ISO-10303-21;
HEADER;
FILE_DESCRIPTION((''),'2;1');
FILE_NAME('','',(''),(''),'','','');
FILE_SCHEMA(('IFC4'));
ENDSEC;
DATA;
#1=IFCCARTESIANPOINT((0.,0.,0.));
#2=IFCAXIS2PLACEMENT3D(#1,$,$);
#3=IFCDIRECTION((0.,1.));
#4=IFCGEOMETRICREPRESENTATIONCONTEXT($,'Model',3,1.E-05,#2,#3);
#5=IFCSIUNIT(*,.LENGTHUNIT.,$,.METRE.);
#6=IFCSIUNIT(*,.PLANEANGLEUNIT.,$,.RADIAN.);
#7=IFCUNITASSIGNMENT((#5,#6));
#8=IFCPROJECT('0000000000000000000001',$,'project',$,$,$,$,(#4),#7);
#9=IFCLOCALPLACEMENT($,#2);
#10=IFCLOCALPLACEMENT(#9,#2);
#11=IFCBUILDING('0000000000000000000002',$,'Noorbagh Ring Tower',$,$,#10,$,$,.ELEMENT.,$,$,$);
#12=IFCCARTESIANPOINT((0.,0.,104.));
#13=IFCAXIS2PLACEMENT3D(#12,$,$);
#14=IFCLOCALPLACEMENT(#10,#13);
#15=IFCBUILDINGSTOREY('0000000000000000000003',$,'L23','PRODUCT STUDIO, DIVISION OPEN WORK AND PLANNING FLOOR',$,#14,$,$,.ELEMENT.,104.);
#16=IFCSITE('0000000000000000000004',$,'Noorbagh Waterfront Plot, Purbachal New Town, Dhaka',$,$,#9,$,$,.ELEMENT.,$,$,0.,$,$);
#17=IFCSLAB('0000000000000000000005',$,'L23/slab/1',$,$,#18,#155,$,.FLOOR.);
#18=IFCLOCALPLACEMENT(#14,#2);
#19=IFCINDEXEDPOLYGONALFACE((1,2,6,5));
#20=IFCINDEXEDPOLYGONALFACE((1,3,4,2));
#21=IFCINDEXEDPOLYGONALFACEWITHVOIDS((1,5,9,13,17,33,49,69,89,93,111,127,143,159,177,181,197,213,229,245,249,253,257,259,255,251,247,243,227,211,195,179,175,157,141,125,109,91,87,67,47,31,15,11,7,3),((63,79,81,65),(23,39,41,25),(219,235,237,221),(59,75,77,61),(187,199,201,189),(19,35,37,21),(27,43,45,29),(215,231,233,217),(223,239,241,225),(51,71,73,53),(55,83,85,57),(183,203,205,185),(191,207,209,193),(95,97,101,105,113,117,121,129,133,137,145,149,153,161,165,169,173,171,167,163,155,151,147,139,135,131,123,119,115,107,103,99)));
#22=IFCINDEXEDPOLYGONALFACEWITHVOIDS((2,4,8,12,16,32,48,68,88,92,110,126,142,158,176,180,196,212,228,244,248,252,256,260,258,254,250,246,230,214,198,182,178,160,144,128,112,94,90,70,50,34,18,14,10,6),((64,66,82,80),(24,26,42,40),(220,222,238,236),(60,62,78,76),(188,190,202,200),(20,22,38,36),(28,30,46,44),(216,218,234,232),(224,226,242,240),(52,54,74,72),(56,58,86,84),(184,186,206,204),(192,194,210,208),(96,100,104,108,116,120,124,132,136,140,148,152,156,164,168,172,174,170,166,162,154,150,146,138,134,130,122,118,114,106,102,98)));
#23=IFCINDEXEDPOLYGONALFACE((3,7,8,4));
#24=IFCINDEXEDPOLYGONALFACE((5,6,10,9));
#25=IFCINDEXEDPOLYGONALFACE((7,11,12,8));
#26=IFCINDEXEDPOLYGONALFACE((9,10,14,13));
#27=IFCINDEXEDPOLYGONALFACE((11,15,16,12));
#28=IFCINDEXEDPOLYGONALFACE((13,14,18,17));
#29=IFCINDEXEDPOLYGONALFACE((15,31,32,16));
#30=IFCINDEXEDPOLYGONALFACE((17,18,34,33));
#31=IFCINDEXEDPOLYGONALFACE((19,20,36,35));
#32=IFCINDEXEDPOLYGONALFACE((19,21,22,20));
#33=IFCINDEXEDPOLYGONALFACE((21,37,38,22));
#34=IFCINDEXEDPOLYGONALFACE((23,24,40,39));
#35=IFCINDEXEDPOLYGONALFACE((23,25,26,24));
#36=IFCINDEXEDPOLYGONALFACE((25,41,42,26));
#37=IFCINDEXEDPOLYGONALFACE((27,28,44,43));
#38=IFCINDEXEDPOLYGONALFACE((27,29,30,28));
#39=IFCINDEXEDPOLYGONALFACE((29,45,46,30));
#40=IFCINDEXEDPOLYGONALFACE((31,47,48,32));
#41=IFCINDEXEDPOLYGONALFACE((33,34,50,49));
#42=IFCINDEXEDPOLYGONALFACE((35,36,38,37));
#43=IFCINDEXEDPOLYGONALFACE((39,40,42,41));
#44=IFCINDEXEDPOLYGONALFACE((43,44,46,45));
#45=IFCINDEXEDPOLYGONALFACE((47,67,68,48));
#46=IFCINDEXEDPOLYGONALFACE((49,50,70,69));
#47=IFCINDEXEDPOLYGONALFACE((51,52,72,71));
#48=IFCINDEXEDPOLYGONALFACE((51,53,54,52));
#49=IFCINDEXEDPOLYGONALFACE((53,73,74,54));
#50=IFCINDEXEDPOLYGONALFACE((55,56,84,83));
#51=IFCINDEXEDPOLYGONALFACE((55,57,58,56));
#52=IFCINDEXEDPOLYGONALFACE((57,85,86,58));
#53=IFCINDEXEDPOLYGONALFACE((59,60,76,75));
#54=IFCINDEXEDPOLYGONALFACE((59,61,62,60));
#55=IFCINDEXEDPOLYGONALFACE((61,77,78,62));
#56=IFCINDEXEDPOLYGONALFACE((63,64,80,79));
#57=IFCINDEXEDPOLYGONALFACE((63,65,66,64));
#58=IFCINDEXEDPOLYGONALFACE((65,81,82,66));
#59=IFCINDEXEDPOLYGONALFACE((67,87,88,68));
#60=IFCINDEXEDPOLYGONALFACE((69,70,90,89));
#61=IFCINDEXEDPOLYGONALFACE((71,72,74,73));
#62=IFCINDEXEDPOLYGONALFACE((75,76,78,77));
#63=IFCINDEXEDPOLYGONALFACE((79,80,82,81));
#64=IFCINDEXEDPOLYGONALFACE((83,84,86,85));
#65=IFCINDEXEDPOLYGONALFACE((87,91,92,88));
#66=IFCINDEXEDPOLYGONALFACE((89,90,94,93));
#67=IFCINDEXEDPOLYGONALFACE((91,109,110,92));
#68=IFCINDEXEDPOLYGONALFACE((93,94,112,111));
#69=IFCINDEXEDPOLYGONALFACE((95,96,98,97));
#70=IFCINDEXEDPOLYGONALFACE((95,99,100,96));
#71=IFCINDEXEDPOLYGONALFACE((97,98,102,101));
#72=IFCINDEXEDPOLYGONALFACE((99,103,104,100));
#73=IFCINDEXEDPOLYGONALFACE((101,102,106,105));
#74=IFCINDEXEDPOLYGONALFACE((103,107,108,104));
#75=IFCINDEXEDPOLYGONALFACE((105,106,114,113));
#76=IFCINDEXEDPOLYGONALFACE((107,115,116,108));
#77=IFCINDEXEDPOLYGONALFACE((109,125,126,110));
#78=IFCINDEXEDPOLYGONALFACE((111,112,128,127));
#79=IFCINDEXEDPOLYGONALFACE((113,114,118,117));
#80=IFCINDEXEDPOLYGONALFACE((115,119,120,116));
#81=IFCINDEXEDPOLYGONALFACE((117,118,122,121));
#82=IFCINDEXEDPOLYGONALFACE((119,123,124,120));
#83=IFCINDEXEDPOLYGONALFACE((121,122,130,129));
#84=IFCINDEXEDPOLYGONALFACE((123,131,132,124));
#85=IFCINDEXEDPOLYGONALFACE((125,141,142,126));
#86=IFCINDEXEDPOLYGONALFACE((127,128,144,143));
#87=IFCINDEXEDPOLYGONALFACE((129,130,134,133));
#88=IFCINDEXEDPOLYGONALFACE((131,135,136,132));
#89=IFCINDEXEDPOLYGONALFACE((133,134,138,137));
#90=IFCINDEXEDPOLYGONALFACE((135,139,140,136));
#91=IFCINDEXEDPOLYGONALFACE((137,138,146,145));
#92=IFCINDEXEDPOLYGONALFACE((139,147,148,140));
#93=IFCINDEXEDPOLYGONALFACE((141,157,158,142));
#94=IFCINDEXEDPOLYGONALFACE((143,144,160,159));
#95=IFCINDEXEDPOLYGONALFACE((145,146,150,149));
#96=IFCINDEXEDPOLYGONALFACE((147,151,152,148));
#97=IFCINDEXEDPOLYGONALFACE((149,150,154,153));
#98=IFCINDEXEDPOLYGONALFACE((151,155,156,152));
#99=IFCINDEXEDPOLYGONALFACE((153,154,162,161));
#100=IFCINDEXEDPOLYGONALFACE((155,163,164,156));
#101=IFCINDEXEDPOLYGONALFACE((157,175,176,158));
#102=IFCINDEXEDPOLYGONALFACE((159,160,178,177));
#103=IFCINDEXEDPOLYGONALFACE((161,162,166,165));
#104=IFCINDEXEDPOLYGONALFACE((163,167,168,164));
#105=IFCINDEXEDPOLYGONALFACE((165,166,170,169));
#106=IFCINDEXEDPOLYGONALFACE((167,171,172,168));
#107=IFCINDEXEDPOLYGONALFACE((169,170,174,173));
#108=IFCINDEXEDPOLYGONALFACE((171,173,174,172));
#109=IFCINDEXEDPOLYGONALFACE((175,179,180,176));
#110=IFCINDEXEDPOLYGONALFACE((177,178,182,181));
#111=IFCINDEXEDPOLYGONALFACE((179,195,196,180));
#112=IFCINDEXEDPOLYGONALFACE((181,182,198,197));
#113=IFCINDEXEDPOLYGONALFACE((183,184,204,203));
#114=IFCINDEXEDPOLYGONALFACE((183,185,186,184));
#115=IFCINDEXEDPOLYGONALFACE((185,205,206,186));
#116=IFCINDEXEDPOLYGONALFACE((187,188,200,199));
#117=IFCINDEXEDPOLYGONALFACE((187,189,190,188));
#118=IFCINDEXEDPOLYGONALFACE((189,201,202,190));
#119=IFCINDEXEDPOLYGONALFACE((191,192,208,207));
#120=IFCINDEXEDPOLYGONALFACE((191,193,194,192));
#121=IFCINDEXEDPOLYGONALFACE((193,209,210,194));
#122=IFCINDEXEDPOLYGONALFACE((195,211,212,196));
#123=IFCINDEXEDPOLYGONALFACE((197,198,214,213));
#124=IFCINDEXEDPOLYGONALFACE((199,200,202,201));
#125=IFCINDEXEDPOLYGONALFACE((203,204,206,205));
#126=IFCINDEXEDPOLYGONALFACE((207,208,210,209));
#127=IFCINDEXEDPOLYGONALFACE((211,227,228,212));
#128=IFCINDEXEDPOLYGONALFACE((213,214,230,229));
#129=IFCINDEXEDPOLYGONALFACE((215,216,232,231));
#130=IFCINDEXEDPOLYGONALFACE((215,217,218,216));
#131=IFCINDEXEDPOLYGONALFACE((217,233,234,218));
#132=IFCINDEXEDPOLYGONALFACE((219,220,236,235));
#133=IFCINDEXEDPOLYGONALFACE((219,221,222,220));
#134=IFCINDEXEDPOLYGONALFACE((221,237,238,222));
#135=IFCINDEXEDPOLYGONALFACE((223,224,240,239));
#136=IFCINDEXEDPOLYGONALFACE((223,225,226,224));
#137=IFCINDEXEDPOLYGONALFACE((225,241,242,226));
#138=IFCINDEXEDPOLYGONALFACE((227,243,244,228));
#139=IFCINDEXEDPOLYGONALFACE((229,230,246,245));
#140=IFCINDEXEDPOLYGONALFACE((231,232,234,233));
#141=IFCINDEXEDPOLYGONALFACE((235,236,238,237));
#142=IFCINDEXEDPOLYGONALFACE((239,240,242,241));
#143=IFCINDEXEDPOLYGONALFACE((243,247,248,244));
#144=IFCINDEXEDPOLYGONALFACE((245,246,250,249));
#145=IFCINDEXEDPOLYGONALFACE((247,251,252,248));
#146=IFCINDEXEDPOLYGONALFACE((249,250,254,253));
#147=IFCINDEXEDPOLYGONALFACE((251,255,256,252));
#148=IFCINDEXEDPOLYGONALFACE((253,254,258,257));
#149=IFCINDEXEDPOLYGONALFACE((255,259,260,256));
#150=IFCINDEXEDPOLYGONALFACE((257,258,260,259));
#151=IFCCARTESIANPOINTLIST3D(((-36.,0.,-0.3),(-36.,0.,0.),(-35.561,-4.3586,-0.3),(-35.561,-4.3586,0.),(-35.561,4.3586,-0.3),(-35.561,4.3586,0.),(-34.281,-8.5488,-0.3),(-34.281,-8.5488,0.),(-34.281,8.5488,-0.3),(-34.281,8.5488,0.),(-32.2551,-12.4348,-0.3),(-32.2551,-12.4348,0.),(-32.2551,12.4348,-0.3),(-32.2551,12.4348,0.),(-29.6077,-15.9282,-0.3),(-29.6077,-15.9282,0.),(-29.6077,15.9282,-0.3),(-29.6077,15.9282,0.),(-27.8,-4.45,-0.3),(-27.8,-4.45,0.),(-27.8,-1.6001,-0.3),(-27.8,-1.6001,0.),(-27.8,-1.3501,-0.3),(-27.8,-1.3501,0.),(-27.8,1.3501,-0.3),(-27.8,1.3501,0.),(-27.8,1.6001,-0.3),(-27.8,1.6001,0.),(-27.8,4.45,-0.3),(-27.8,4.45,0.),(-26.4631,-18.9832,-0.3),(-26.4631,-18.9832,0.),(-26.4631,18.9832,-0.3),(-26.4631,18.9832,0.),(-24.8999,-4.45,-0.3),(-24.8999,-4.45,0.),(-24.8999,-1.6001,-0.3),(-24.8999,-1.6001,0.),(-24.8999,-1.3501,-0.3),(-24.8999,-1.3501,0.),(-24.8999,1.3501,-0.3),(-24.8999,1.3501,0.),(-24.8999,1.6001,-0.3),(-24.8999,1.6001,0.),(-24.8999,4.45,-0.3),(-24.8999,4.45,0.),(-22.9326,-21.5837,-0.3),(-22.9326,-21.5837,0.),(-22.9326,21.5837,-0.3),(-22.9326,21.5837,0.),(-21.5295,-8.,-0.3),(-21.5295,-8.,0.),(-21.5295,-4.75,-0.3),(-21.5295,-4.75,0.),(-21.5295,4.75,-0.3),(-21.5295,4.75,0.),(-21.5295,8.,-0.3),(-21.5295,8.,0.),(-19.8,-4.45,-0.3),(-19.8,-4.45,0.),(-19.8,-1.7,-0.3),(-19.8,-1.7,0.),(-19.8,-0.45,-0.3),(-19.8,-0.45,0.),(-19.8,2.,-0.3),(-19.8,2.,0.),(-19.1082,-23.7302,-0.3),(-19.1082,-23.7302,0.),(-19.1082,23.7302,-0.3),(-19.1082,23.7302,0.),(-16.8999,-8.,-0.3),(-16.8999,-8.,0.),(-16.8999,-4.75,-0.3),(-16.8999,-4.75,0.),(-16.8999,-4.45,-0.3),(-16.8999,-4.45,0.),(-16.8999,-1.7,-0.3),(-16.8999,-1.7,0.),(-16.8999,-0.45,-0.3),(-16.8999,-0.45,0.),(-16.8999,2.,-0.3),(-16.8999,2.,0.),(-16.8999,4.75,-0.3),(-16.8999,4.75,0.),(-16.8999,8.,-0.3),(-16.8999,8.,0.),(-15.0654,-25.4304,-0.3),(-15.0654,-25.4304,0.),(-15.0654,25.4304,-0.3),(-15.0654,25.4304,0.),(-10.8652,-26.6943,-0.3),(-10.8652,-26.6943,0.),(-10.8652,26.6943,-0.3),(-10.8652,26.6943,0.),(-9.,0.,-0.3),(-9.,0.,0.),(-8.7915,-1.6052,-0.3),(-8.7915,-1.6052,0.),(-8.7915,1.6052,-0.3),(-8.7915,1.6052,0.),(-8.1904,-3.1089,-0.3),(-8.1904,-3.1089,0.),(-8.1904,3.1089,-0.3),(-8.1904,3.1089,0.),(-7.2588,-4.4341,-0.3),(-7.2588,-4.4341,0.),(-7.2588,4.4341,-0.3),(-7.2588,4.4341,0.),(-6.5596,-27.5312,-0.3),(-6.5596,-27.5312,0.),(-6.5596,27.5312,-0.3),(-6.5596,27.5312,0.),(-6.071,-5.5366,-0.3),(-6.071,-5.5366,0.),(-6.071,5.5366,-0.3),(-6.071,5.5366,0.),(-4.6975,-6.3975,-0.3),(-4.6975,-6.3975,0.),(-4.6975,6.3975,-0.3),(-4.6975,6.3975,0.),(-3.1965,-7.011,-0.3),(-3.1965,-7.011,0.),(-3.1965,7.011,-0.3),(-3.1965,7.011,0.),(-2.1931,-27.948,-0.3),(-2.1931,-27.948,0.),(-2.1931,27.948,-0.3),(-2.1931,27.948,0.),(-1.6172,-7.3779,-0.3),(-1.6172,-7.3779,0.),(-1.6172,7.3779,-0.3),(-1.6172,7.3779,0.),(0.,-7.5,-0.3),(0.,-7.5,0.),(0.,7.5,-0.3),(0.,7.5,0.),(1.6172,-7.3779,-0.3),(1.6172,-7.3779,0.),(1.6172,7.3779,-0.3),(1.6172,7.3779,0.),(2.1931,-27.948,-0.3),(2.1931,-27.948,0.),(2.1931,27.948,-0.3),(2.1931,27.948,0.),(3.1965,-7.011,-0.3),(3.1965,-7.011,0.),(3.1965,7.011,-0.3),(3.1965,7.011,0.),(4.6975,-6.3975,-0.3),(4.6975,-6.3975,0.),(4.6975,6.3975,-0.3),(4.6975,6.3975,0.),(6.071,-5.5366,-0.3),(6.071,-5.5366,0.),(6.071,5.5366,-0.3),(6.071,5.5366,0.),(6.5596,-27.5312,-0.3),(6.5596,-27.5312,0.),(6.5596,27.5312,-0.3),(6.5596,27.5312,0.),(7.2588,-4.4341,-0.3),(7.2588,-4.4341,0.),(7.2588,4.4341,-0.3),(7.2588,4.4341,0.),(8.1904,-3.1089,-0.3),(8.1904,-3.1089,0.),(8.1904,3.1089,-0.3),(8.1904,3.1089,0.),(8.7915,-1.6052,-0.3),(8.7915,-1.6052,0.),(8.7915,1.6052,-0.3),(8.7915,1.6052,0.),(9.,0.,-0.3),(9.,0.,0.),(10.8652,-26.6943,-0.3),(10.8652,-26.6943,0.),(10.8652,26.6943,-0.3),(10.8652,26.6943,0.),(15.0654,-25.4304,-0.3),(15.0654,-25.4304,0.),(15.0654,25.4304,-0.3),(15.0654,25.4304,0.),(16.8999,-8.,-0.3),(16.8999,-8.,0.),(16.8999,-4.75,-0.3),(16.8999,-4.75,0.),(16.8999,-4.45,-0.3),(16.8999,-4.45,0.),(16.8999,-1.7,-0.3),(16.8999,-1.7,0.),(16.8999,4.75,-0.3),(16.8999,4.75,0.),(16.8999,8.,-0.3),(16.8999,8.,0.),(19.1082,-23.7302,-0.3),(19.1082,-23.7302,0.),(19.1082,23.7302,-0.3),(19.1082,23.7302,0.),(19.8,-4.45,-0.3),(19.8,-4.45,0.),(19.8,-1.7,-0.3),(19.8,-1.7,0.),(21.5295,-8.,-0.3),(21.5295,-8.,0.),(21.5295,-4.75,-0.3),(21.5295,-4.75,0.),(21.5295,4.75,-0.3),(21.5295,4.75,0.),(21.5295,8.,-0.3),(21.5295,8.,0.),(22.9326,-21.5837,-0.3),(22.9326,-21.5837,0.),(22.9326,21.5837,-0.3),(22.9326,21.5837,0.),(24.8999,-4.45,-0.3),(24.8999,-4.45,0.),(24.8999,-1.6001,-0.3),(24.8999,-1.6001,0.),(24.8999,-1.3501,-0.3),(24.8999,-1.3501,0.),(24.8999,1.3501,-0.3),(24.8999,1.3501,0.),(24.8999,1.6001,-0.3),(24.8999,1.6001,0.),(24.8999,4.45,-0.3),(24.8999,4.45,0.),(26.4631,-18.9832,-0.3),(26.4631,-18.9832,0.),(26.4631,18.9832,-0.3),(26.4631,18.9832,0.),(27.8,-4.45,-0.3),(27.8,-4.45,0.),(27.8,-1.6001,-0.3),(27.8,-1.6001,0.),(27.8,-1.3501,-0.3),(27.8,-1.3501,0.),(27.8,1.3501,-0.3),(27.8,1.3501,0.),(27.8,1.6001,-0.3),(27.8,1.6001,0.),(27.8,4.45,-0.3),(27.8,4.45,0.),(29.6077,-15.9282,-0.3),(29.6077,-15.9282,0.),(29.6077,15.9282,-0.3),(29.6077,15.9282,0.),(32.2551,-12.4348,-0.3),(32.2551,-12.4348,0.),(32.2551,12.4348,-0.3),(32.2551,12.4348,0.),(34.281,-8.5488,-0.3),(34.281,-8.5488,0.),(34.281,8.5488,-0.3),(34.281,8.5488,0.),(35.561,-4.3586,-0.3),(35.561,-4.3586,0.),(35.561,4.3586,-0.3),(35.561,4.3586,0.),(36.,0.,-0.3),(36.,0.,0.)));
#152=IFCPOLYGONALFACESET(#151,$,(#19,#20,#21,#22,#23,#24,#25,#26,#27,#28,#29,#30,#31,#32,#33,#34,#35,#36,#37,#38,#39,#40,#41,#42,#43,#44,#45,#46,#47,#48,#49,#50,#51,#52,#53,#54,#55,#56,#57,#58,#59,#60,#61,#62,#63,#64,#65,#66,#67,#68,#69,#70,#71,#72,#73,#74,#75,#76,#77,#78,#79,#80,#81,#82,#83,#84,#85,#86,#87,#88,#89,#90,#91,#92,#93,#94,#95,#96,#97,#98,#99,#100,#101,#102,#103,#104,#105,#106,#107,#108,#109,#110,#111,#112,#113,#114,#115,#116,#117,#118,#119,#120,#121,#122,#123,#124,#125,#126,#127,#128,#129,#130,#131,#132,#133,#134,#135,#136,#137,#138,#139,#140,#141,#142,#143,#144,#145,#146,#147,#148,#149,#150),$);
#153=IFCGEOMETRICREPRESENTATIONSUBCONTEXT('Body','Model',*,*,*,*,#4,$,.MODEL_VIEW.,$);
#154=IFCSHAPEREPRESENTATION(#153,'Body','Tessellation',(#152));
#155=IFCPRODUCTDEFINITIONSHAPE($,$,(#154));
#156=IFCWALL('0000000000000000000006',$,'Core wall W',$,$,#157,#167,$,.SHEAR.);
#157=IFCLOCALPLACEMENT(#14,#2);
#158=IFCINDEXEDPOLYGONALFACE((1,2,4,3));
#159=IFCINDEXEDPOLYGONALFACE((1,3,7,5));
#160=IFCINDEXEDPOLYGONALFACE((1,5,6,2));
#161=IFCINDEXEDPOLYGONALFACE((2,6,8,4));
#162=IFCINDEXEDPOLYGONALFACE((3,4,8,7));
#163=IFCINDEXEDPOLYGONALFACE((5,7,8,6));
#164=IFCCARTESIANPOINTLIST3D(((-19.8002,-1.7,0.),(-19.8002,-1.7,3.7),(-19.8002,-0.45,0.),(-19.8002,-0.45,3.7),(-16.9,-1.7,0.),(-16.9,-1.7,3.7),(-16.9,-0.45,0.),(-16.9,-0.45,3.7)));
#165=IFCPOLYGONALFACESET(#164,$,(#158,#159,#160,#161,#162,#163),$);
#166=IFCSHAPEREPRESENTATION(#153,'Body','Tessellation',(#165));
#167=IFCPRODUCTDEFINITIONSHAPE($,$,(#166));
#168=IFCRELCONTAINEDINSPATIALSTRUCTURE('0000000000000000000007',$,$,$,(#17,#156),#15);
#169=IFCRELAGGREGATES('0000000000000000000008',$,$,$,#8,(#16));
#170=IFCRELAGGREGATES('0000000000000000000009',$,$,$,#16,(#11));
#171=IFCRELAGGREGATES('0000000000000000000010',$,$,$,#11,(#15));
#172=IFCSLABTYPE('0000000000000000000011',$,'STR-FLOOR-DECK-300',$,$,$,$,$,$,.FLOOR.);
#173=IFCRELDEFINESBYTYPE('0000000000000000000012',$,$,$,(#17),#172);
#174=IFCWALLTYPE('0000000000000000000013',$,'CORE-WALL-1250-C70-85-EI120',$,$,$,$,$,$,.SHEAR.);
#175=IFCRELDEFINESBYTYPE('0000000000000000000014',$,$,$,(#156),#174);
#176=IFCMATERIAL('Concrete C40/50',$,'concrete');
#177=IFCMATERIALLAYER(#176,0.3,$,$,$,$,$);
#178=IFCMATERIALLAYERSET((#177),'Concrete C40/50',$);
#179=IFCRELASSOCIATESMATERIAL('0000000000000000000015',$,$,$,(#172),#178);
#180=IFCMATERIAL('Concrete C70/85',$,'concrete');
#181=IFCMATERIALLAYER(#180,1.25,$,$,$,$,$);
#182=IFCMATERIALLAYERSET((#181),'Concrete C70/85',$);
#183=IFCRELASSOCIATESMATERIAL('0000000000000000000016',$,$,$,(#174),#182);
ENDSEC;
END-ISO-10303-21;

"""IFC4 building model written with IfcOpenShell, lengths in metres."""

from ifc_helpers import new_model, si_unit, direction, frame, frame_2d, origin, place, context, subcontext, project, spatial, polyline, rectangle, outline, extrude, material, layer, layer_set, type_object, element, save


model = new_model("IFC4")

# Units and contexts
model_context = context("Model", 3, precision=1e-05, world=origin(), true_north=direction((0.0, 1.0)))
body_context = subcontext(model_context, "Body", "Model", "MODEL_VIEW")
ifc_project = project(units=[si_unit("LENGTHUNIT", "METRE"), si_unit("PLANEANGLEUNIT", "RADIAN")], contexts=[model_context])

# Site, building, storey
site_placement = place(None, origin())
site = spatial("IfcSite", under=ifc_project, at=site_placement, Name="Noorbagh Waterfront Plot, Purbachal New Town, Dhaka", CompositionType="ELEMENT", RefElevation=0.0)
building_placement = place(site_placement, origin())
building = spatial("IfcBuilding", under=site, at=building_placement, Name="Noorbagh Ring Tower", CompositionType="ELEMENT")
storey_placement = place(building_placement, frame((0.0, 0.0, 104.0)))
storey = spatial("IfcBuildingStorey", under=building, at=storey_placement, Name="L23", Description="PRODUCT STUDIO, DIVISION OPEN WORK AND PLANNING FLOOR", CompositionType="ELEMENT", Elevation=104.0)

# Slab
ifc_material_1 = material(Name="Concrete C40/50", Category="concrete")
ifc_layer_1 = layer(ifc_material_1, 0.3)
ifc_layer_set_1 = layer_set([ifc_layer_1], Name="Concrete C40/50")
slab_type_1 = type_object("IfcSlabType", Name="STR-FLOOR-DECK-300", PredefinedType="FLOOR", material=ifc_layer_set_1)
slab_1_placement = place(storey_placement, frame((0.0, 0.0, -0.3)))
element("IfcSlab", 1, at=slab_1_placement, inside=storey, type_object=slab_type_1, Name="L23/slab/1", PredefinedType="FLOOR", context=body_context, shape_type="SweptSolid", body=[
    extrude(outline(polyline([(36.0, 0.0), (35.561, 4.3586), (34.281, 8.5488), (32.2551, 12.4348), (29.6077, 15.9282), (26.4631, 18.9832), (22.9326, 21.5837), (19.1082, 23.7302), (15.0654, 25.4304), (10.8652, 26.6943), (6.5596, 27.5312), (2.1931, 27.948), (-2.1931, 27.948), (-6.5596, 27.5312), (-10.8652, 26.6943), (-15.0654, 25.4304), (-19.1082, 23.7302), (-22.9326, 21.5837), (-26.4631, 18.9832), (-29.6077, 15.9282), (-32.2551, 12.4348), (-34.281, 8.5488), (-35.561, 4.3586), (-36.0, 0.0), (-35.561, -4.3586), (-34.281, -8.5488), (-32.2551, -12.4348), (-29.6077, -15.9282), (-26.4631, -18.9832), (-22.9326, -21.5837), (-19.1082, -23.7302), (-15.0654, -25.4304), (-10.8652, -26.6943), (-6.5596, -27.5312), (-2.1931, -27.948), (2.1931, -27.948), (6.5596, -27.5312), (10.8652, -26.6943), (15.0654, -25.4304), (19.1082, -23.7302), (22.9326, -21.5837), (26.4631, -18.9832), (29.6077, -15.9282), (32.2551, -12.4348), (34.281, -8.5488), (35.561, -4.3586), (36.0, 0.0)]), holes=[polyline([(24.8999, -1.6001), (27.8, -1.6001), (27.8, -4.45), (24.8999, -4.45), (24.8999, -1.6001)]), polyline([(24.8999, 1.3501), (27.8, 1.3501), (27.8, -1.3501), (24.8999, -1.3501), (24.8999, 1.3501)]), polyline([(24.8999, 4.45), (27.8, 4.45), (27.8, 1.6001), (24.8999, 1.6001), (24.8999, 4.45)]), polyline([(21.5295, -4.75), (21.5295, -8.0), (16.8999, -8.0), (16.8999, -4.75), (21.5295, -4.75)]), polyline([(21.5295, 4.75), (16.8999, 4.75), (16.8999, 8.0), (21.5295, 8.0), (21.5295, 4.75)]), polyline([(16.8999, -1.7), (19.8, -1.7), (19.8, -4.45), (16.8999, -4.45), (16.8999, -1.7)]), polyline([(4.6975, -6.3975), (3.1965, -7.011), (1.6172, -7.3779), (0.0, -7.5), (-1.6172, -7.3779), (-3.1965, -7.011), (-4.6975, -6.3975), (-6.071, -5.5366), (-7.2588, -4.4341), (-8.1904, -3.1089), (-8.7915, -1.6052), (-9.0, 0.0), (-8.7915, 1.6052), (-8.1904, 3.1089), (-7.2588, 4.4341), (-6.071, 5.5366), (-4.6975, 6.3975), (-3.1965, 7.011), (-1.6172, 7.3779), (0.0, 7.5), (1.6172, 7.3779), (3.1965, 7.011), (4.6975, 6.3975), (6.071, 5.5366), (7.2588, 4.4341), (8.1904, 3.1089), (8.7915, 1.6052), (9.0, 0.0), (8.7915, -1.6052), (8.1904, -3.1089), (7.2588, -4.4341), (6.071, -5.5366), (4.6975, -6.3975)]), polyline([(-21.5295, -8.0), (-21.5295, -4.75), (-16.8999, -4.75), (-16.8999, -8.0), (-21.5295, -8.0)]), polyline([(-21.5295, 8.0), (-16.8999, 8.0), (-16.8999, 4.75), (-21.5295, 4.75), (-21.5295, 8.0)]), polyline([(-16.8999, -4.45), (-19.8, -4.45), (-19.8, -1.7), (-16.8999, -1.7), (-16.8999, -4.45)]), polyline([(-16.8999, -0.45), (-19.8, -0.45), (-19.8, 2.0), (-16.8999, 2.0), (-16.8999, -0.45)]), polyline([(-24.8999, -4.45), (-27.8, -4.45), (-27.8, -1.6001), (-24.8999, -1.6001), (-24.8999, -4.45)]), polyline([(-24.8999, -1.3501), (-27.8, -1.3501), (-27.8, 1.3501), (-24.8999, 1.3501), (-24.8999, -1.3501)]), polyline([(-24.8999, 1.6001), (-27.8, 1.6001), (-27.8, 4.45), (-24.8999, 4.45), (-24.8999, 1.6001)])]), origin(), (0.0, 0.0, 1.0), 0.3),
])

# Wall
ifc_material_2 = material(Name="Concrete C70/85", Category="concrete")
ifc_layer_2 = layer(ifc_material_2, 1.25)
ifc_layer_set_2 = layer_set([ifc_layer_2], Name="Concrete C70/85")
wall_type_1 = type_object("IfcWallType", Name="CORE-WALL-1250-C70-85-EI120", PredefinedType="SHEAR", material=ifc_layer_set_2)
wall_1_placement = place(storey_placement, frame((-16.8999, -1.075, 0.0), z_axis=(0.0, 0.0, 1.0), x_axis=(-1.0, 0.0, 0.0)))
element("IfcWall", 2, at=wall_1_placement, inside=storey, type_object=wall_type_1, Name="Core wall W", PredefinedType="SHEAR", context=body_context, shape_type="SweptSolid", body=[
    extrude(rectangle(XDim=2.9001, YDim=1.25, at=frame_2d((1.4502, 0.0))), origin(), (0.0, 0.0, 1.0), 3.7),
])

save(model, "model.ifc")
